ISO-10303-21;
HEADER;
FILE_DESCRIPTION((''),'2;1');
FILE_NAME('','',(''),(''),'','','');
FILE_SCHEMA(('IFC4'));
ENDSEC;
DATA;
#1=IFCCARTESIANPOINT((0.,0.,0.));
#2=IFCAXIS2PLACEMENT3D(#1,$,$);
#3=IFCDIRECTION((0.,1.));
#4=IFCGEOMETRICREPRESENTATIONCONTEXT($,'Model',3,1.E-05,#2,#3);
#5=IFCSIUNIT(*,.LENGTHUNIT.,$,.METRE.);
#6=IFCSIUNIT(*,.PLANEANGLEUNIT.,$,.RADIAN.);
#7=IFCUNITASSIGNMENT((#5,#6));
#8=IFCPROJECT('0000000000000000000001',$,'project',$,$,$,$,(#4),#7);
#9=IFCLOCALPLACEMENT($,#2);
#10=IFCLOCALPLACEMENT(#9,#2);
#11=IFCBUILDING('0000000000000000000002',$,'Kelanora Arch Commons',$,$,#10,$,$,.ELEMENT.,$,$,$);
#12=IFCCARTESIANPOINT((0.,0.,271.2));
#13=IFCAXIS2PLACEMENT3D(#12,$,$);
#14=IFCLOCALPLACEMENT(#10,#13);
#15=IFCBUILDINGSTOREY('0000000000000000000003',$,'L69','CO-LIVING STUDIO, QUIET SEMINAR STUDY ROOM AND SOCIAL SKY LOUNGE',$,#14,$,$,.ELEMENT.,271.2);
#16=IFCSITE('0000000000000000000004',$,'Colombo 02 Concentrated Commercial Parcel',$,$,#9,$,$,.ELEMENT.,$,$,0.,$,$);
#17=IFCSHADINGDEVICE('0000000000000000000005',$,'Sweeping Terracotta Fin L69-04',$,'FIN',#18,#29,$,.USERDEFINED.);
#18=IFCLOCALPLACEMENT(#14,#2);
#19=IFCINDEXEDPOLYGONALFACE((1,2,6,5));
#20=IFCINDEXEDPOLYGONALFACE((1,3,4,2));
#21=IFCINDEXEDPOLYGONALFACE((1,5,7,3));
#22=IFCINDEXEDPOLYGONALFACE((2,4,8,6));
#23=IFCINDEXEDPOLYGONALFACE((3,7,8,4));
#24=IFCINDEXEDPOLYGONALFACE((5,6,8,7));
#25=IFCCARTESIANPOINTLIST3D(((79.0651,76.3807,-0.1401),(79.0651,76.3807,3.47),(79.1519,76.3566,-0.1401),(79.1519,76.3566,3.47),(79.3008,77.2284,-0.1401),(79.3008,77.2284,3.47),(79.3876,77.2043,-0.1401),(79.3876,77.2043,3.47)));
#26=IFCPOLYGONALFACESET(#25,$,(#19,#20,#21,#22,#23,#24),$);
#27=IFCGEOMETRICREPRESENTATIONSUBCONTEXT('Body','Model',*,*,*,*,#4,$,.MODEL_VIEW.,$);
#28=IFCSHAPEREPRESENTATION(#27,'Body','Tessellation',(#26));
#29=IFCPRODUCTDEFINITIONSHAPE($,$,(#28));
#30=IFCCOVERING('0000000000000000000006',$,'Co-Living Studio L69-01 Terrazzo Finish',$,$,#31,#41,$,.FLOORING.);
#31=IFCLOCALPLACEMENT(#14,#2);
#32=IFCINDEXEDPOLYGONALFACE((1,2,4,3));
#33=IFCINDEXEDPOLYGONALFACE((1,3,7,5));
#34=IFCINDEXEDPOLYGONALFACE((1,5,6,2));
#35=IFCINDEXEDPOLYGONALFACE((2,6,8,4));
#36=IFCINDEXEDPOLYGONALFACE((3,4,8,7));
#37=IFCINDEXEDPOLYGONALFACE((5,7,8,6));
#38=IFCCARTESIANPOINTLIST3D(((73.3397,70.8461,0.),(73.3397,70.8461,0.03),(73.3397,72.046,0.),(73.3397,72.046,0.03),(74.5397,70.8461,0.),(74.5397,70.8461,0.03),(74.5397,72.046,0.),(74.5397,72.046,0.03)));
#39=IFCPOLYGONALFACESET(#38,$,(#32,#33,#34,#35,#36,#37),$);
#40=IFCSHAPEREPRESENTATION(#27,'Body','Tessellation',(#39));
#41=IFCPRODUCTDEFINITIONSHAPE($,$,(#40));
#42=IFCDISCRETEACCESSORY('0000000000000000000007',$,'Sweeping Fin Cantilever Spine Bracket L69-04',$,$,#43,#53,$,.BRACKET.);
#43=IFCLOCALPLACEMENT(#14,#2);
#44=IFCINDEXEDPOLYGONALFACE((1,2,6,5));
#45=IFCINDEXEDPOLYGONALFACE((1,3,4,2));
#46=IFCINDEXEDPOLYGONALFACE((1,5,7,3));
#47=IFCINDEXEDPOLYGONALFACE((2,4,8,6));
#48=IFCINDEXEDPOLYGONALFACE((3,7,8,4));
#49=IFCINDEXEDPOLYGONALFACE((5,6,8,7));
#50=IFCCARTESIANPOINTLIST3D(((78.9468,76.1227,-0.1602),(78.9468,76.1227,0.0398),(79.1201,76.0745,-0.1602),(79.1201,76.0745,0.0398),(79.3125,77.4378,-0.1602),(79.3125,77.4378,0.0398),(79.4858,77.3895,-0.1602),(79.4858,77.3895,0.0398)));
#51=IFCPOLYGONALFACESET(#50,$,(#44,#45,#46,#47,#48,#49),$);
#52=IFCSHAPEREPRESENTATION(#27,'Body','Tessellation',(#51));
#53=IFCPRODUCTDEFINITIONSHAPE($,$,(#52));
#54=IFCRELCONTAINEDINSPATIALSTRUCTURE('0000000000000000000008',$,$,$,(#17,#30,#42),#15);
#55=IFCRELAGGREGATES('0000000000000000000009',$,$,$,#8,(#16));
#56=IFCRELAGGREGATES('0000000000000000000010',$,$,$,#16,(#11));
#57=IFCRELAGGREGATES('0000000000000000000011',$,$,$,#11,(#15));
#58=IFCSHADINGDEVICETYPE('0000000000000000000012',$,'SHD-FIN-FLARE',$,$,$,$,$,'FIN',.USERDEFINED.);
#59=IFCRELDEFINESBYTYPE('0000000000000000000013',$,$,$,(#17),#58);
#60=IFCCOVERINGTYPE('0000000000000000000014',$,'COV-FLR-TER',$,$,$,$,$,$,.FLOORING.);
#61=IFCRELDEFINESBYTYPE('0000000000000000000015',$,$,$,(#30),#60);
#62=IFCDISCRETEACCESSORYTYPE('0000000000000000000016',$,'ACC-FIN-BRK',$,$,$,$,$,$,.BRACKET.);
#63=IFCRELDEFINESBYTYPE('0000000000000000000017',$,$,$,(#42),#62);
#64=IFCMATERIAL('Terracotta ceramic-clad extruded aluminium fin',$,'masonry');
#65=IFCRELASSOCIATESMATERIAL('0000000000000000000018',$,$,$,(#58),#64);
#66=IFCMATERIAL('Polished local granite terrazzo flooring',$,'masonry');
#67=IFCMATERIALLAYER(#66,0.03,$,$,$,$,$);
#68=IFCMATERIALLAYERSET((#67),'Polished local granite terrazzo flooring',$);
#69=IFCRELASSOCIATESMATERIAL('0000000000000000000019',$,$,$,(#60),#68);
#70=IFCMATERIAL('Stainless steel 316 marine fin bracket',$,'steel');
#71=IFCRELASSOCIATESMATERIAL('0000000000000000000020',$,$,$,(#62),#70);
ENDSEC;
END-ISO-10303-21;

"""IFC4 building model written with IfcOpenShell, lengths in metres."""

from ifc_helpers import new_model, si_unit, direction, frame, origin, origin_2d, place, context, subcontext, project, spatial, rectangle, extrude, source, transform, mapped, material, layer, layer_set, type_object, element, save


model = new_model("IFC4")

# Units and contexts
model_context = context("Model", 3, precision=1e-05, world=origin(), true_north=direction((0.0, 1.0)))
body_context = subcontext(model_context, "Body", "Model", "MODEL_VIEW")
ifc_project = project(units=[si_unit("LENGTHUNIT", "METRE"), si_unit("PLANEANGLEUNIT", "RADIAN")], contexts=[model_context])

# Site, building, storey
site_placement = place(None, origin())
site = spatial("IfcSite", under=ifc_project, at=site_placement, Name="Colombo 02 Concentrated Commercial Parcel", CompositionType="ELEMENT", RefElevation=0.0)
building_placement = place(site_placement, origin())
building = spatial("IfcBuilding", under=site, at=building_placement, Name="Kelanora Arch Commons", CompositionType="ELEMENT")
storey_placement = place(building_placement, frame((0.0, 0.0, 271.2)))
storey = spatial("IfcBuildingStorey", under=building, at=storey_placement, Name="L69", Description="CO-LIVING STUDIO, QUIET SEMINAR STUDY ROOM AND SOCIAL SKY LOUNGE", CompositionType="ELEMENT", Elevation=271.2)

# Shading device
ifc_material_1 = material(Name="Terracotta ceramic-clad extruded aluminium fin", Category="masonry")
shading_device_type = type_object("IfcShadingDeviceType", Name="SHD-FIN-FLARE", ElementType="FIN", PredefinedType="USERDEFINED", material=ifc_material_1)
shared_shape_1 = source(origin(), body_context, "Body", "SweptSolid", [
    extrude(rectangle(XDim=0.8799, YDim=0.0901, at=origin_2d()), origin(), (0.0, 0.0, 1.0), 3.6101),
])
shading_device_placement = place(storey_placement, frame((79.2263, 76.7925, -0.1401), z_axis=(0.0, 0.0, 1.0), x_axis=(0.267911, 0.963444, 0.0)))
element("IfcShadingDevice", 1, at=shading_device_placement, inside=storey, type_object=shading_device_type, Name="Sweeping Terracotta Fin L69-04", ObjectType="FIN", PredefinedType="USERDEFINED", context=body_context, shape_type="MappedRepresentation", body=[
    mapped(shared_shape_1, transform((0.0, 0.0, 0.0), scale=1.0)),
])

# Covering
ifc_material_2 = material(Name="Polished local granite terrazzo flooring", Category="masonry")
ifc_layer_1 = layer(ifc_material_2, 0.03)
ifc_layer_set_1 = layer_set([ifc_layer_1], Name="Polished local granite terrazzo flooring")
covering_type = type_object("IfcCoveringType", Name="COV-FLR-TER", PredefinedType="FLOORING", material=ifc_layer_set_1)
shared_shape_2 = source(origin(), body_context, "Body", "SweptSolid", [
    extrude(rectangle(XDim=1.2, YDim=1.2, at=origin_2d()), origin(), (0.0, 0.0, 1.0), 0.03),
])
covering_placement = place(storey_placement, frame((73.9397, 71.446, 0.0), z_axis=(0.0, 0.0, 1.0), x_axis=(1.0, 0.0, 0.0)))
element("IfcCovering", 2, at=covering_placement, inside=storey, type_object=covering_type, Name="Co-Living Studio L69-01 Terrazzo Finish", PredefinedType="FLOORING", context=body_context, shape_type="MappedRepresentation", body=[
    mapped(shared_shape_2, transform((0.0, 0.0, 0.0), scale=1.0)),
])

# Discrete accessory
ifc_material_3 = material(Name="Stainless steel 316 marine fin bracket", Category="steel")
discrete_accessory_type = type_object("IfcDiscreteAccessoryType", Name="ACC-FIN-BRK", PredefinedType="BRACKET", material=ifc_material_3)
shared_shape_3 = source(origin(), body_context, "Body", "SweptSolid", [
    extrude(rectangle(XDim=1.365, YDim=0.1799, at=origin_2d()), origin(), (0.0, 0.0, 1.0), 0.2),
])
discrete_accessory_placement = place(storey_placement, frame((79.2163, 76.7561, -0.1602), z_axis=(0.0, 0.0, 1.0), x_axis=(0.267911, 0.963444, 0.0)))
element("IfcDiscreteAccessory", 3, at=discrete_accessory_placement, inside=storey, type_object=discrete_accessory_type, Name="Sweeping Fin Cantilever Spine Bracket L69-04", PredefinedType="BRACKET", context=body_context, shape_type="MappedRepresentation", body=[
    mapped(shared_shape_3, transform((0.0, 0.0, 0.0), scale=1.0)),
])

save(model, "model.ifc")
